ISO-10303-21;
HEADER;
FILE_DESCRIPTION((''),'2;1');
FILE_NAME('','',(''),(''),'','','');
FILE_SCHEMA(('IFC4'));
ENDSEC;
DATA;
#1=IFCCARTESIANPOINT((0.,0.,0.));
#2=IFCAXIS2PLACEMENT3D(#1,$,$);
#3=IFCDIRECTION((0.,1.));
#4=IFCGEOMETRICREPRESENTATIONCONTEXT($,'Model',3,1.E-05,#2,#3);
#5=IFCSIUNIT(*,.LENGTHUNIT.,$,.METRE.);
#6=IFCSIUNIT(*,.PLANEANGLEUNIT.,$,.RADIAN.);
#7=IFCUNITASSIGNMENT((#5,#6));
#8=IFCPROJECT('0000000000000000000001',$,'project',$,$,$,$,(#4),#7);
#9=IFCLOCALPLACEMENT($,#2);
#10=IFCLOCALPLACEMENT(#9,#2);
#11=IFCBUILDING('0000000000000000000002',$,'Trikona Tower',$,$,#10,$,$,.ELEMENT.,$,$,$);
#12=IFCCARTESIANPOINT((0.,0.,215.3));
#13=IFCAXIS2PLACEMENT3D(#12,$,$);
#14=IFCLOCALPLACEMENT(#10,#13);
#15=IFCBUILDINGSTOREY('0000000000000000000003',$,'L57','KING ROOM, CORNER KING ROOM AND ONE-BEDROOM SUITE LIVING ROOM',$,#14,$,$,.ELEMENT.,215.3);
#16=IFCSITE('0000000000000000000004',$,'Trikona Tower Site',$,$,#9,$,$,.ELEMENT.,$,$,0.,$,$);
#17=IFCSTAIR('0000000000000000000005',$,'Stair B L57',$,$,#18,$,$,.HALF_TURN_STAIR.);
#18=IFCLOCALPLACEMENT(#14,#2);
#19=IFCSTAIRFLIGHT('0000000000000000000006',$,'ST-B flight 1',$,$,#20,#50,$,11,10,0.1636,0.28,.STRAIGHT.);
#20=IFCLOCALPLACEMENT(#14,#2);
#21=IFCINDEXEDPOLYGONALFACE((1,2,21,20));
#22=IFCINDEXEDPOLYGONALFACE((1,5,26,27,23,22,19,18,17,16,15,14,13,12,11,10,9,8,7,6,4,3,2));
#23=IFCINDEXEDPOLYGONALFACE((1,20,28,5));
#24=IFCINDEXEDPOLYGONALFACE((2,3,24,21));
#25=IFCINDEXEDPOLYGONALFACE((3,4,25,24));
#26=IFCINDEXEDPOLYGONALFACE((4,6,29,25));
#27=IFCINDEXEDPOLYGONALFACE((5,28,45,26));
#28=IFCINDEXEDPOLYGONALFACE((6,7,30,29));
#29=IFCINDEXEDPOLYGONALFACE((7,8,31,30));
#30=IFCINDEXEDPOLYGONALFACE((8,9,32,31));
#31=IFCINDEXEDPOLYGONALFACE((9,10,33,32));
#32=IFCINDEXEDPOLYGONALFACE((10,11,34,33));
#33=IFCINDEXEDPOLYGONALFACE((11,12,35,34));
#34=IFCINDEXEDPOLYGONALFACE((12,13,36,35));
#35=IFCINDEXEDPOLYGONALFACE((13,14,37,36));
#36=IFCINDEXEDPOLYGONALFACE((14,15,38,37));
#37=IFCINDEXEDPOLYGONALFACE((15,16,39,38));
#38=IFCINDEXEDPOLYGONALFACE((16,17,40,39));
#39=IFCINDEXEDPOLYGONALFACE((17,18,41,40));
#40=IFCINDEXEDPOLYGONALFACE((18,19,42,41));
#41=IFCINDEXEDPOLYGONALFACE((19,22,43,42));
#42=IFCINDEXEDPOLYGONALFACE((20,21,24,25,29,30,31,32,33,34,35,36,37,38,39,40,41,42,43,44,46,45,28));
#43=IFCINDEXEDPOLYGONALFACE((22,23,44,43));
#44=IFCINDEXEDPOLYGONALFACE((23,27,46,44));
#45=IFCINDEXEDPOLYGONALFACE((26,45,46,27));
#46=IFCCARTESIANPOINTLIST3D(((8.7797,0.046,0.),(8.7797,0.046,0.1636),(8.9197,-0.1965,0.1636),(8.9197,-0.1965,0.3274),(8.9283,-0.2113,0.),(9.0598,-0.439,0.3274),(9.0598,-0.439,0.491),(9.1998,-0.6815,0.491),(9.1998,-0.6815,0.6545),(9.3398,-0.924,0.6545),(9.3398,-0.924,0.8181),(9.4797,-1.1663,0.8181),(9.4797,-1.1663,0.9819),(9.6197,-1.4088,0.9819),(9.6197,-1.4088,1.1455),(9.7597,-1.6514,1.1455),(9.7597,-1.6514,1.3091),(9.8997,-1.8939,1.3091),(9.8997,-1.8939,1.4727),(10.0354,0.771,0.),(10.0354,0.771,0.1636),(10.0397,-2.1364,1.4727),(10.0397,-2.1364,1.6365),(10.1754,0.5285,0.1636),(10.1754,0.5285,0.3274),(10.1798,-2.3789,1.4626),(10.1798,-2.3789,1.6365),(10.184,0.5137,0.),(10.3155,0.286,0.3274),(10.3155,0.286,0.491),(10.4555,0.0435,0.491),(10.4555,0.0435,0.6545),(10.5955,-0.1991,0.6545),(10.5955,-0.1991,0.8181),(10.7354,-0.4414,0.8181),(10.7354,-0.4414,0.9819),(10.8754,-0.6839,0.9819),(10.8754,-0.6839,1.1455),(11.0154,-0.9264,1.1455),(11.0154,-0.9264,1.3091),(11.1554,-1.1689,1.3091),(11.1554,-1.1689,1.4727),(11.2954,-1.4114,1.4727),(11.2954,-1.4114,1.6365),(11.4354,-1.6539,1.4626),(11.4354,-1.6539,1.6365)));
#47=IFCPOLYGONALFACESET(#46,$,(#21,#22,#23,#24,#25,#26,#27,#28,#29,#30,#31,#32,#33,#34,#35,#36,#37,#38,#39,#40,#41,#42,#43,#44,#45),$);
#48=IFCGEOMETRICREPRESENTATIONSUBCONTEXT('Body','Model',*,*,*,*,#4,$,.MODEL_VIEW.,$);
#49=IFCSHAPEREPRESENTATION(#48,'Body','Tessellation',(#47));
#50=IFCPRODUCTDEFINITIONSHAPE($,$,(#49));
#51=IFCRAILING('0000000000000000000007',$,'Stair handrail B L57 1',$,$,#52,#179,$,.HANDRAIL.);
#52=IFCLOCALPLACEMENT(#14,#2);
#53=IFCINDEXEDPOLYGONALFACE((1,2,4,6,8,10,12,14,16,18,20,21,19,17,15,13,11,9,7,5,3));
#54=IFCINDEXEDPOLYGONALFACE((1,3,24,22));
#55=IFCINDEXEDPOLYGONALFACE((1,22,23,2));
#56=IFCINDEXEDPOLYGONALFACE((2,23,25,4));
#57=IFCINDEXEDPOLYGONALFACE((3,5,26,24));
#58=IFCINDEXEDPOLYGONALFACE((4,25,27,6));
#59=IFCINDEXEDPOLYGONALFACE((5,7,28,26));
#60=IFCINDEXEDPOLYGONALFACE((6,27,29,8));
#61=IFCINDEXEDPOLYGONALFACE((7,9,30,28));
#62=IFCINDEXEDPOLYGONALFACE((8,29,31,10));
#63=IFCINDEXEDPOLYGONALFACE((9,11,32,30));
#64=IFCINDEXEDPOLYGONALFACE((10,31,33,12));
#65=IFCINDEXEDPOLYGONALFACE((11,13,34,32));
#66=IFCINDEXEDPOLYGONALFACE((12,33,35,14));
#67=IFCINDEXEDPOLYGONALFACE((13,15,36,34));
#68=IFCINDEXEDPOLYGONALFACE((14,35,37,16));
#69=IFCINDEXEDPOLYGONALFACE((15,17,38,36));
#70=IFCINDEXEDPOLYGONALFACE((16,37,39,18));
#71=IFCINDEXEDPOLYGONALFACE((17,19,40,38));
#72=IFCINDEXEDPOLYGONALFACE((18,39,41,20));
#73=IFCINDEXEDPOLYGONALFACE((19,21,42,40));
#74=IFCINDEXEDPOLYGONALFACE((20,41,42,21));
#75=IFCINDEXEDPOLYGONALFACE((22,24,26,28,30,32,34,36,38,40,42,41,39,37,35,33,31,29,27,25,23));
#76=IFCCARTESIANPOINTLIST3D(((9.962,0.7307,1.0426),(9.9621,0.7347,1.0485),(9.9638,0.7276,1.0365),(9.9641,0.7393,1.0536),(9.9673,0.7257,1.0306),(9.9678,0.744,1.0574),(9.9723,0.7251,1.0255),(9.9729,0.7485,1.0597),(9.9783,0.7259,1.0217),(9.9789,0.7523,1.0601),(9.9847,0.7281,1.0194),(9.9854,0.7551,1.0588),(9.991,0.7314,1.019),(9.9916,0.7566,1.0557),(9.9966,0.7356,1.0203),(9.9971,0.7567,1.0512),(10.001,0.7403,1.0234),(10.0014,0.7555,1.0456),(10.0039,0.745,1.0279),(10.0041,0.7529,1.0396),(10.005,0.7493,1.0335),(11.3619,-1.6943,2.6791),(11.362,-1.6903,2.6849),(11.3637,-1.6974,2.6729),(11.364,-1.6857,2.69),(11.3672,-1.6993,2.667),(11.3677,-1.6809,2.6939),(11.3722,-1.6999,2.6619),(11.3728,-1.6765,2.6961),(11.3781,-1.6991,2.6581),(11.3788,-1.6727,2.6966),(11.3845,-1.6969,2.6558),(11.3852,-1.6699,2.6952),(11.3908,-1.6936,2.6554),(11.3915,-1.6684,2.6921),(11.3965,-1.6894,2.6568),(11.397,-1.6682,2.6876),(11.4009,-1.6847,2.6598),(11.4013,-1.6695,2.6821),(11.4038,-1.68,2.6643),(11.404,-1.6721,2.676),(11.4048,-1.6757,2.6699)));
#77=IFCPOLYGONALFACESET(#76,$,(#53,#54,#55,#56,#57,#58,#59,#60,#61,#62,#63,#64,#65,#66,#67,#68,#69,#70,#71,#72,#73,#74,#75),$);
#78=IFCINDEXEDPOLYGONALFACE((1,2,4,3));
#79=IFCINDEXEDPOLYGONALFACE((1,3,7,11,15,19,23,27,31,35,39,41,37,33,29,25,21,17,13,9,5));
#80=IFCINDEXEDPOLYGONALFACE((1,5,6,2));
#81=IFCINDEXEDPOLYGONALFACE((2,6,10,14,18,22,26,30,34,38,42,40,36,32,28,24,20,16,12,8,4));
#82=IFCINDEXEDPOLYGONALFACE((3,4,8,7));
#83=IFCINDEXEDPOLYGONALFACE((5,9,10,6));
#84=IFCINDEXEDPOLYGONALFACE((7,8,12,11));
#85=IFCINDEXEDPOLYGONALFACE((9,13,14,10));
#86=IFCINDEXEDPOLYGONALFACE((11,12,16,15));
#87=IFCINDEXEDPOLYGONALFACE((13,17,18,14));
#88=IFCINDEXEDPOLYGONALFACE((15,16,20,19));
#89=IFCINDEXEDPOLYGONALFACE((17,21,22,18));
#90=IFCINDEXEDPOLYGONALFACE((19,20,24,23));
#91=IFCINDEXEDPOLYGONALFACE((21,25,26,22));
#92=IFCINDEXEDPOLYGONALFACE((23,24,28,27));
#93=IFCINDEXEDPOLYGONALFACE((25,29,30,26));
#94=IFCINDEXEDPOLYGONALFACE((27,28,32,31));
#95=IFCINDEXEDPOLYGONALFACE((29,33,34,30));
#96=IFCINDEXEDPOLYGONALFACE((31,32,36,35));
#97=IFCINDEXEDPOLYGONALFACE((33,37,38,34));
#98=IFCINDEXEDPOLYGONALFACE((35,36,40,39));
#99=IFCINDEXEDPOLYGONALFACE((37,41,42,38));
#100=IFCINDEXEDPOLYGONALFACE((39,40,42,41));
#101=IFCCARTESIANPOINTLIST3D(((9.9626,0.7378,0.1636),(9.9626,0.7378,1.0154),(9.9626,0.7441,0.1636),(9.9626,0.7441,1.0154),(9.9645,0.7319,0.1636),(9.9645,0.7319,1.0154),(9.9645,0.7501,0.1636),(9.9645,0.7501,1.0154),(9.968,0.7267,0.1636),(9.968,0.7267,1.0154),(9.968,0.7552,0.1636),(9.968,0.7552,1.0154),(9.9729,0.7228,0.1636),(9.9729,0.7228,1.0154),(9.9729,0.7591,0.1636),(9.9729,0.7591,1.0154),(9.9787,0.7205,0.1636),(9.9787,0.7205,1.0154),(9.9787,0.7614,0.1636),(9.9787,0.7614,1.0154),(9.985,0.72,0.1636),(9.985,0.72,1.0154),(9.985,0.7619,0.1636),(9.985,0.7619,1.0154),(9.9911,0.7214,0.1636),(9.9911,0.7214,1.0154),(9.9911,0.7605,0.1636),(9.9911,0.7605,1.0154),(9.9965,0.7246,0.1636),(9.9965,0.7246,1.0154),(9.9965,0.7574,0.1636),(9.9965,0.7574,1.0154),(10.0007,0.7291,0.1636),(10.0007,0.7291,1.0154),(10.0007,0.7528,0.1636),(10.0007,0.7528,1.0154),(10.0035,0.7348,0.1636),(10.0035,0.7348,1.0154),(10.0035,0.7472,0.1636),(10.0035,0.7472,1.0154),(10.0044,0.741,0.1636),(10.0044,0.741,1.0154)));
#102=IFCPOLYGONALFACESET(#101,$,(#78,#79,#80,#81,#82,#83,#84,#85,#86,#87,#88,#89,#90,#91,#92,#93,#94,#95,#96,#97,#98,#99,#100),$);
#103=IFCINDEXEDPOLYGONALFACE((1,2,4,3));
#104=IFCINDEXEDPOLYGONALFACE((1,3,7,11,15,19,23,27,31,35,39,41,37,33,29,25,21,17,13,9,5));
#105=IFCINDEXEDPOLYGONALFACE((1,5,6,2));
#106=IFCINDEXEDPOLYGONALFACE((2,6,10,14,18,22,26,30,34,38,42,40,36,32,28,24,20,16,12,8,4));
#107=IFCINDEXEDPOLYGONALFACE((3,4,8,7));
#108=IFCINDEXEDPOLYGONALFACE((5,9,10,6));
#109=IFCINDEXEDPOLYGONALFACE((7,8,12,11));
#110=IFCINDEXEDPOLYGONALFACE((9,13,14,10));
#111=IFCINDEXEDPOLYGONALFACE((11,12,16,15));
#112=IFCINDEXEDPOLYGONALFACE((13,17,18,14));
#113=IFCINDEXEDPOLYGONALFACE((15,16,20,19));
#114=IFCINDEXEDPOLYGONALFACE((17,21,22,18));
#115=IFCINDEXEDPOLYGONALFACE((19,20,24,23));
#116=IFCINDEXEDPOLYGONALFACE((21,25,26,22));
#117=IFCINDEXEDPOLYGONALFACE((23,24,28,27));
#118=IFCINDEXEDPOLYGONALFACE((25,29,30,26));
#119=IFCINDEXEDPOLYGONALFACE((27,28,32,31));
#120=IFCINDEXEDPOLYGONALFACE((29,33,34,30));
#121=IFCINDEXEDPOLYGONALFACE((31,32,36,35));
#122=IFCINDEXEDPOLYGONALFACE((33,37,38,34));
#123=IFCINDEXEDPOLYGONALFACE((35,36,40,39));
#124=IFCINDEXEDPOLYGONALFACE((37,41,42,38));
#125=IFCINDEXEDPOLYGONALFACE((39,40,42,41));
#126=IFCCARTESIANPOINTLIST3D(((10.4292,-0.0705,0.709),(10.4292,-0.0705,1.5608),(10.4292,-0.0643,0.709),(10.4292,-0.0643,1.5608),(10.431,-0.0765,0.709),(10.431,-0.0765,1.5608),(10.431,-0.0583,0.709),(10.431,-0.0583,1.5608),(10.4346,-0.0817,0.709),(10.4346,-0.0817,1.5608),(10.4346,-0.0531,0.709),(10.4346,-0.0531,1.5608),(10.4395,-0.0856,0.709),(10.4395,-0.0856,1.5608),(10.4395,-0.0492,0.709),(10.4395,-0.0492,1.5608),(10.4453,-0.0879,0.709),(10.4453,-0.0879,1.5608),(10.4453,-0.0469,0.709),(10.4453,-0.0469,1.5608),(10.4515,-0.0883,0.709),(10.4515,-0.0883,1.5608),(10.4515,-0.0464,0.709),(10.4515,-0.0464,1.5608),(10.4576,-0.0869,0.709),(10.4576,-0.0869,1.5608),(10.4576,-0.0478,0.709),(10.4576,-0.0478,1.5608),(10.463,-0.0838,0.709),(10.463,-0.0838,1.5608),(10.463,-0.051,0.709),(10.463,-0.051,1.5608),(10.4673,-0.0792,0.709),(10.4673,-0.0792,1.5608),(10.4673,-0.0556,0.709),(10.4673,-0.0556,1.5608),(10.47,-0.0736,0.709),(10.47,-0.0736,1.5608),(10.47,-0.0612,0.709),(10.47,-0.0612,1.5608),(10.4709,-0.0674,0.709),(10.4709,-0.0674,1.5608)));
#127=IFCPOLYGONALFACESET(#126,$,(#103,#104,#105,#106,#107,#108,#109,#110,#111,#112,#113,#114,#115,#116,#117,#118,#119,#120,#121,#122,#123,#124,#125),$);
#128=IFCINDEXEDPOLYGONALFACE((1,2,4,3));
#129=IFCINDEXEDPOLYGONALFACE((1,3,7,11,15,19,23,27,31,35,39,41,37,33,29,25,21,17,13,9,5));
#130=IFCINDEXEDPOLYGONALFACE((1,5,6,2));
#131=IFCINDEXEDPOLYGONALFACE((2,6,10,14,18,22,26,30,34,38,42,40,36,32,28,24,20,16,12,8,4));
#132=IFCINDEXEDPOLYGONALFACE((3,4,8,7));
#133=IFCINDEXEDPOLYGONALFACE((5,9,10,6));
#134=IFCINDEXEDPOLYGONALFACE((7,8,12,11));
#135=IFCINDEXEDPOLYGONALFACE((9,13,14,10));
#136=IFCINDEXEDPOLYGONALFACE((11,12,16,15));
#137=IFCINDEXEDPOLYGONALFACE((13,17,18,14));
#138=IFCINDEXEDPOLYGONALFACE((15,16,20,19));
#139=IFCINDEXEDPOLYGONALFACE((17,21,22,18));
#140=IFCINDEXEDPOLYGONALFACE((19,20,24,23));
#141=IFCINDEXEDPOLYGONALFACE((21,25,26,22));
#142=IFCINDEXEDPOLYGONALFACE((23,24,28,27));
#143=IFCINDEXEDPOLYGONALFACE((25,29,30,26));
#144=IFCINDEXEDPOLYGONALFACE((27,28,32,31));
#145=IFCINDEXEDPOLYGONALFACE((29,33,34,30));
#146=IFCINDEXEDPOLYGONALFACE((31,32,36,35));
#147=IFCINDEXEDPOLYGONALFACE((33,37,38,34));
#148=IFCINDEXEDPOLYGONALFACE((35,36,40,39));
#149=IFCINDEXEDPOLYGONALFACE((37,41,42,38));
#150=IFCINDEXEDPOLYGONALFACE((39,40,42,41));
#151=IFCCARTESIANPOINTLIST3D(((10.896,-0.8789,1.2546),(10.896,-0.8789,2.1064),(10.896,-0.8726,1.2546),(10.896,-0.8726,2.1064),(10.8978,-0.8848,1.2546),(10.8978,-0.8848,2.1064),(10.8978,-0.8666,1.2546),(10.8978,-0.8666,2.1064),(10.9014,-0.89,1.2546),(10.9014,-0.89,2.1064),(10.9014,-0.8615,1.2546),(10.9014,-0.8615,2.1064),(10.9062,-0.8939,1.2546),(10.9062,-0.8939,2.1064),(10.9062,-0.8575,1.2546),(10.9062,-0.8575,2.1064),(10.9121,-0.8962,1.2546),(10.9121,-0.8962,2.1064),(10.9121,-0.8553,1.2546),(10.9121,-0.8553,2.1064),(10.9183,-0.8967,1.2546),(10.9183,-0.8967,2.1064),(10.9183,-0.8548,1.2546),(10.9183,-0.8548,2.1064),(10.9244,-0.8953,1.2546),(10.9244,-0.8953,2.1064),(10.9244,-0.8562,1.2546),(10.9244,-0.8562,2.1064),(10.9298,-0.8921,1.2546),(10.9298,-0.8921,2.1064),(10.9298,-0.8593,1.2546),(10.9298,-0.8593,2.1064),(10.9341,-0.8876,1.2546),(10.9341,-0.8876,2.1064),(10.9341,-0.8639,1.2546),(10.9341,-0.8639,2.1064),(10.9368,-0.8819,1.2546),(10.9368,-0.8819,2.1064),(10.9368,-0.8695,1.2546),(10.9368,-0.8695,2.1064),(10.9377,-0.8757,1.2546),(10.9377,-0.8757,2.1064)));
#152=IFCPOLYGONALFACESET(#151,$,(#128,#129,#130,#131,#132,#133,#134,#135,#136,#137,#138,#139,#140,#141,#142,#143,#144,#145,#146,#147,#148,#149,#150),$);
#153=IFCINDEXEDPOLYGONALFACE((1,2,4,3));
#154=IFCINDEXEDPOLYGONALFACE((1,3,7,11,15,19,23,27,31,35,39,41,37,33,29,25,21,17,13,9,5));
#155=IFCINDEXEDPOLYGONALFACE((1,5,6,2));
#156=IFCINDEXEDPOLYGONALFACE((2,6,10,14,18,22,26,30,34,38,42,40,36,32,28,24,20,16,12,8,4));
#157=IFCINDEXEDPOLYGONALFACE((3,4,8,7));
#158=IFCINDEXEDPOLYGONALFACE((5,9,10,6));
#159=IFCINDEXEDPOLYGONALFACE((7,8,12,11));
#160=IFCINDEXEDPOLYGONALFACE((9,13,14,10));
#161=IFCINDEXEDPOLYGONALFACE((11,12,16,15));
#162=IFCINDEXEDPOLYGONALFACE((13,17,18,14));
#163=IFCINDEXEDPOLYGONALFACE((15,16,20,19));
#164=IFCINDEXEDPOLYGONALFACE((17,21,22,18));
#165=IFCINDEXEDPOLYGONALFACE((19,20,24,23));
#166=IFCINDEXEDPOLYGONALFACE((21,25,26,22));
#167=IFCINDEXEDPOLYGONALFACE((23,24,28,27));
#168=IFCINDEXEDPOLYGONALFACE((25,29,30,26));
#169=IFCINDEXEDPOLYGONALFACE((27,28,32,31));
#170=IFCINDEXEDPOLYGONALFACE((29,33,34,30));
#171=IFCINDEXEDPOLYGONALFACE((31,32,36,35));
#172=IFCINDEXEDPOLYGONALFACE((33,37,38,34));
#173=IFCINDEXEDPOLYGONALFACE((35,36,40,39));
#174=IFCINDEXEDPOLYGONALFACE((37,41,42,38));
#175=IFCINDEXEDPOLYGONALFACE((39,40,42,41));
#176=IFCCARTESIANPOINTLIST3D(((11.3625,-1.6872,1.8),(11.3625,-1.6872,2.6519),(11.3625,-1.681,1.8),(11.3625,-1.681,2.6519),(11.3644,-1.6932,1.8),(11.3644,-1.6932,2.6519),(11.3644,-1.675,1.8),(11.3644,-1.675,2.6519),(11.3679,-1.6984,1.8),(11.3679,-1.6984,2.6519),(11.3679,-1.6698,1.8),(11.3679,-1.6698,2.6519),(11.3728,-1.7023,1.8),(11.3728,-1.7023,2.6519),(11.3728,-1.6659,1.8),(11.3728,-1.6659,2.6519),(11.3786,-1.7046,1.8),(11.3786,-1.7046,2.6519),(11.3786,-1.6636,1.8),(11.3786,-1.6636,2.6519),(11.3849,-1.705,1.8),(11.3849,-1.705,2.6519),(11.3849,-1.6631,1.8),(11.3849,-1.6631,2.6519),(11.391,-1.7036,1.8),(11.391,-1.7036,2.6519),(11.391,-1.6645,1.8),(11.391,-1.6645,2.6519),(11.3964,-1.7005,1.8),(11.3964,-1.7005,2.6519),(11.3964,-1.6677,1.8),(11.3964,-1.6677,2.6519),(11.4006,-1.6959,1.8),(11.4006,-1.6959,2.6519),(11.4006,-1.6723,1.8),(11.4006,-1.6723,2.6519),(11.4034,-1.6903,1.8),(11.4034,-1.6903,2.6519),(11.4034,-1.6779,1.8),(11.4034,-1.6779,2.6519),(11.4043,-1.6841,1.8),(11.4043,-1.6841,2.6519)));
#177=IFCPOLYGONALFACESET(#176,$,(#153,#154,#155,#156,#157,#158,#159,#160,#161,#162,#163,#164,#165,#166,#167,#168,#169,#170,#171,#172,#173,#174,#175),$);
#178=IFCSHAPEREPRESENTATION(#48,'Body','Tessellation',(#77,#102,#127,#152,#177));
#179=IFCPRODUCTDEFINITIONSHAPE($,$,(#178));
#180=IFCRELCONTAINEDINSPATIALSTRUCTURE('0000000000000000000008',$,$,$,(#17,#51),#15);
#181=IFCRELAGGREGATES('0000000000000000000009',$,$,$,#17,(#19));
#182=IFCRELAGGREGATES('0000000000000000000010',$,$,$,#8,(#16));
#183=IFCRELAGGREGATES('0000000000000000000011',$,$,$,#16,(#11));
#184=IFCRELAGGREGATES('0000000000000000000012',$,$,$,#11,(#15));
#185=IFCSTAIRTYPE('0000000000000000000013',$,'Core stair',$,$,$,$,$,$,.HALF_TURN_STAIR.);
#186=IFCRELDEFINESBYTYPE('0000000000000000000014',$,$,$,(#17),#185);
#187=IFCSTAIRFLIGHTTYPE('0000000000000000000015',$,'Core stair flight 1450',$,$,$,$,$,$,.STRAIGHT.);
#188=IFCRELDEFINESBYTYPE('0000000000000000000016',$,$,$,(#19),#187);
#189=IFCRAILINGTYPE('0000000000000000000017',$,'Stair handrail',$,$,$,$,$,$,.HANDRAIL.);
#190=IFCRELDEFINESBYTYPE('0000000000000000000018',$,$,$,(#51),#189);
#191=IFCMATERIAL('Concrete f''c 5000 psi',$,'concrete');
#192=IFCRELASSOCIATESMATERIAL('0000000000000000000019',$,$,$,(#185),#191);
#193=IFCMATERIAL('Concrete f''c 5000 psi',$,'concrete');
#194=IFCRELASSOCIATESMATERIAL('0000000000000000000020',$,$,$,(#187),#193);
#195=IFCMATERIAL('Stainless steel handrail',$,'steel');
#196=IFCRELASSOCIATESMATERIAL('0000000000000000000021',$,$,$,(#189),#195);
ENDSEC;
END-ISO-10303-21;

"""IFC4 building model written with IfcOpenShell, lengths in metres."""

from ifc_helpers import new_model, si_unit, direction, frame, origin, origin_2d, place, context, subcontext, project, spatial, polyline, circle, outline, extrude, material, type_object, element, aggregate, save


model = new_model("IFC4")

# Units and contexts
model_context = context("Model", 3, precision=1e-05, world=origin(), true_north=direction((0.0, 1.0)))
body_context = subcontext(model_context, "Body", "Model", "MODEL_VIEW")
ifc_project = project(units=[si_unit("LENGTHUNIT", "METRE"), si_unit("PLANEANGLEUNIT", "RADIAN")], contexts=[model_context])

# Site, building, storey
site_placement = place(None, origin())
site = spatial("IfcSite", under=ifc_project, at=site_placement, Name="Trikona Tower Site", CompositionType="ELEMENT", RefElevation=0.0)
building_placement = place(site_placement, origin())
building = spatial("IfcBuilding", under=site, at=building_placement, Name="Trikona Tower", CompositionType="ELEMENT")
storey_placement = place(building_placement, frame((0.0, 0.0, 215.3)))
storey = spatial("IfcBuildingStorey", under=building, at=storey_placement, Name="L57", Description="KING ROOM, CORNER KING ROOM AND ONE-BEDROOM SUITE LIVING ROOM", CompositionType="ELEMENT", Elevation=215.3)

# Stair
ifc_material_1 = material(Name="Concrete f'c 5000 psi", Category="concrete")
stair_type = type_object("IfcStairType", Name="Core stair", PredefinedType="HALF_TURN_STAIR", material=ifc_material_1)
stair_1_placement = place(storey_placement, origin())
stair_1 = element("IfcStair", 1, at=stair_1_placement, inside=storey, type_object=stair_type, Name="Stair B L57", PredefinedType="HALF_TURN_STAIR")

# Stair flight
ifc_material_2 = material(Name="Concrete f'c 5000 psi", Category="concrete")
stair_flight_type = type_object("IfcStairFlightType", Name="Core stair flight 1450", PredefinedType="STRAIGHT", material=ifc_material_2)
stair_flight_placement = place(storey_placement, frame((9.4075, 0.4084, 0.0), z_axis=(0.0, 0.0, 1.0), x_axis=(0.5, -0.866025, 0.0)))
stair_flight = element("IfcStairFlight", 2, at=stair_flight_placement, type_object=stair_flight_type, Name="ST-B flight 1", NumberOfRisers=11, NumberOfTreads=10, PredefinedType="STRAIGHT", RiserHeight=0.1636, TreadLength=0.28, context=body_context, shape_type="SweptSolid", body=[
    extrude(outline(polyline([(0.0, 0.0), (0.0, 0.1636), (0.28, 0.1636), (0.28, 0.3274), (0.5601, 0.3274), (0.5601, 0.491), (0.8401, 0.491), (0.8401, 0.6545), (1.1201, 0.6545), (1.1201, 0.8181), (1.3999, 0.8181), (1.3999, 0.9819), (1.6799, 0.9819), (1.6799, 1.1455), (1.96, 1.1455), (1.96, 1.3091), (2.24, 1.3091), (2.24, 1.4727), (2.52, 1.4727), (2.52, 1.6365), (2.8, 1.6365), (2.8, 1.8), (2.8, 1.4626), (0.2971, 0.0), (0.0, 0.0)])), frame((0.0, 0.7251, 0.0), z_axis=(0.0, -1.0, 0.0), x_axis=(1.0, 0.0, 0.0)), (0.0, 0.0, 1.0), 1.45),
])
aggregate(stair_1, [stair_flight])

# Railing
ifc_material_3 = material(Name="Stainless steel handrail", Category="steel")
railing_type = type_object("IfcRailingType", Name="Stair handrail", PredefinedType="HANDRAIL", material=ifc_material_3)
railing_placement = place(storey_placement, frame((9.9834, 0.741, 0.1636)))
element("IfcRailing", 3, at=railing_placement, inside=storey, type_object=railing_type, Name="Stair handrail B L57 1", PredefinedType="HANDRAIL", context=body_context, shape_type="SweptSolid", body=[
    extrude(circle(Radius=0.0239, at=origin_2d()), frame((0.0, 0.0, 0.876), z_axis=(0.431636, -0.747723, 0.504579), x_axis=(0.866056, 0.499946, 0.0)), (0.0, 0.0, 1.0), 3.2432),
    extrude(circle(Radius=0.021, at=origin_2d()), origin(), (0.0, 0.0, 1.0), 0.8518),
    extrude(circle(Radius=0.021, at=origin_2d()), frame((0.4666, -0.8083, 0.5454)), (0.0, 0.0, 1.0), 0.8518),
    extrude(circle(Radius=0.021, at=origin_2d()), frame((0.9333, -1.6167, 1.0911)), (0.0, 0.0, 1.0), 0.8518),
    extrude(circle(Radius=0.021, at=origin_2d()), frame((1.3999, -2.425, 1.6365)), (0.0, 0.0, 1.0), 0.8518),
])

save(model, "model.ifc")
